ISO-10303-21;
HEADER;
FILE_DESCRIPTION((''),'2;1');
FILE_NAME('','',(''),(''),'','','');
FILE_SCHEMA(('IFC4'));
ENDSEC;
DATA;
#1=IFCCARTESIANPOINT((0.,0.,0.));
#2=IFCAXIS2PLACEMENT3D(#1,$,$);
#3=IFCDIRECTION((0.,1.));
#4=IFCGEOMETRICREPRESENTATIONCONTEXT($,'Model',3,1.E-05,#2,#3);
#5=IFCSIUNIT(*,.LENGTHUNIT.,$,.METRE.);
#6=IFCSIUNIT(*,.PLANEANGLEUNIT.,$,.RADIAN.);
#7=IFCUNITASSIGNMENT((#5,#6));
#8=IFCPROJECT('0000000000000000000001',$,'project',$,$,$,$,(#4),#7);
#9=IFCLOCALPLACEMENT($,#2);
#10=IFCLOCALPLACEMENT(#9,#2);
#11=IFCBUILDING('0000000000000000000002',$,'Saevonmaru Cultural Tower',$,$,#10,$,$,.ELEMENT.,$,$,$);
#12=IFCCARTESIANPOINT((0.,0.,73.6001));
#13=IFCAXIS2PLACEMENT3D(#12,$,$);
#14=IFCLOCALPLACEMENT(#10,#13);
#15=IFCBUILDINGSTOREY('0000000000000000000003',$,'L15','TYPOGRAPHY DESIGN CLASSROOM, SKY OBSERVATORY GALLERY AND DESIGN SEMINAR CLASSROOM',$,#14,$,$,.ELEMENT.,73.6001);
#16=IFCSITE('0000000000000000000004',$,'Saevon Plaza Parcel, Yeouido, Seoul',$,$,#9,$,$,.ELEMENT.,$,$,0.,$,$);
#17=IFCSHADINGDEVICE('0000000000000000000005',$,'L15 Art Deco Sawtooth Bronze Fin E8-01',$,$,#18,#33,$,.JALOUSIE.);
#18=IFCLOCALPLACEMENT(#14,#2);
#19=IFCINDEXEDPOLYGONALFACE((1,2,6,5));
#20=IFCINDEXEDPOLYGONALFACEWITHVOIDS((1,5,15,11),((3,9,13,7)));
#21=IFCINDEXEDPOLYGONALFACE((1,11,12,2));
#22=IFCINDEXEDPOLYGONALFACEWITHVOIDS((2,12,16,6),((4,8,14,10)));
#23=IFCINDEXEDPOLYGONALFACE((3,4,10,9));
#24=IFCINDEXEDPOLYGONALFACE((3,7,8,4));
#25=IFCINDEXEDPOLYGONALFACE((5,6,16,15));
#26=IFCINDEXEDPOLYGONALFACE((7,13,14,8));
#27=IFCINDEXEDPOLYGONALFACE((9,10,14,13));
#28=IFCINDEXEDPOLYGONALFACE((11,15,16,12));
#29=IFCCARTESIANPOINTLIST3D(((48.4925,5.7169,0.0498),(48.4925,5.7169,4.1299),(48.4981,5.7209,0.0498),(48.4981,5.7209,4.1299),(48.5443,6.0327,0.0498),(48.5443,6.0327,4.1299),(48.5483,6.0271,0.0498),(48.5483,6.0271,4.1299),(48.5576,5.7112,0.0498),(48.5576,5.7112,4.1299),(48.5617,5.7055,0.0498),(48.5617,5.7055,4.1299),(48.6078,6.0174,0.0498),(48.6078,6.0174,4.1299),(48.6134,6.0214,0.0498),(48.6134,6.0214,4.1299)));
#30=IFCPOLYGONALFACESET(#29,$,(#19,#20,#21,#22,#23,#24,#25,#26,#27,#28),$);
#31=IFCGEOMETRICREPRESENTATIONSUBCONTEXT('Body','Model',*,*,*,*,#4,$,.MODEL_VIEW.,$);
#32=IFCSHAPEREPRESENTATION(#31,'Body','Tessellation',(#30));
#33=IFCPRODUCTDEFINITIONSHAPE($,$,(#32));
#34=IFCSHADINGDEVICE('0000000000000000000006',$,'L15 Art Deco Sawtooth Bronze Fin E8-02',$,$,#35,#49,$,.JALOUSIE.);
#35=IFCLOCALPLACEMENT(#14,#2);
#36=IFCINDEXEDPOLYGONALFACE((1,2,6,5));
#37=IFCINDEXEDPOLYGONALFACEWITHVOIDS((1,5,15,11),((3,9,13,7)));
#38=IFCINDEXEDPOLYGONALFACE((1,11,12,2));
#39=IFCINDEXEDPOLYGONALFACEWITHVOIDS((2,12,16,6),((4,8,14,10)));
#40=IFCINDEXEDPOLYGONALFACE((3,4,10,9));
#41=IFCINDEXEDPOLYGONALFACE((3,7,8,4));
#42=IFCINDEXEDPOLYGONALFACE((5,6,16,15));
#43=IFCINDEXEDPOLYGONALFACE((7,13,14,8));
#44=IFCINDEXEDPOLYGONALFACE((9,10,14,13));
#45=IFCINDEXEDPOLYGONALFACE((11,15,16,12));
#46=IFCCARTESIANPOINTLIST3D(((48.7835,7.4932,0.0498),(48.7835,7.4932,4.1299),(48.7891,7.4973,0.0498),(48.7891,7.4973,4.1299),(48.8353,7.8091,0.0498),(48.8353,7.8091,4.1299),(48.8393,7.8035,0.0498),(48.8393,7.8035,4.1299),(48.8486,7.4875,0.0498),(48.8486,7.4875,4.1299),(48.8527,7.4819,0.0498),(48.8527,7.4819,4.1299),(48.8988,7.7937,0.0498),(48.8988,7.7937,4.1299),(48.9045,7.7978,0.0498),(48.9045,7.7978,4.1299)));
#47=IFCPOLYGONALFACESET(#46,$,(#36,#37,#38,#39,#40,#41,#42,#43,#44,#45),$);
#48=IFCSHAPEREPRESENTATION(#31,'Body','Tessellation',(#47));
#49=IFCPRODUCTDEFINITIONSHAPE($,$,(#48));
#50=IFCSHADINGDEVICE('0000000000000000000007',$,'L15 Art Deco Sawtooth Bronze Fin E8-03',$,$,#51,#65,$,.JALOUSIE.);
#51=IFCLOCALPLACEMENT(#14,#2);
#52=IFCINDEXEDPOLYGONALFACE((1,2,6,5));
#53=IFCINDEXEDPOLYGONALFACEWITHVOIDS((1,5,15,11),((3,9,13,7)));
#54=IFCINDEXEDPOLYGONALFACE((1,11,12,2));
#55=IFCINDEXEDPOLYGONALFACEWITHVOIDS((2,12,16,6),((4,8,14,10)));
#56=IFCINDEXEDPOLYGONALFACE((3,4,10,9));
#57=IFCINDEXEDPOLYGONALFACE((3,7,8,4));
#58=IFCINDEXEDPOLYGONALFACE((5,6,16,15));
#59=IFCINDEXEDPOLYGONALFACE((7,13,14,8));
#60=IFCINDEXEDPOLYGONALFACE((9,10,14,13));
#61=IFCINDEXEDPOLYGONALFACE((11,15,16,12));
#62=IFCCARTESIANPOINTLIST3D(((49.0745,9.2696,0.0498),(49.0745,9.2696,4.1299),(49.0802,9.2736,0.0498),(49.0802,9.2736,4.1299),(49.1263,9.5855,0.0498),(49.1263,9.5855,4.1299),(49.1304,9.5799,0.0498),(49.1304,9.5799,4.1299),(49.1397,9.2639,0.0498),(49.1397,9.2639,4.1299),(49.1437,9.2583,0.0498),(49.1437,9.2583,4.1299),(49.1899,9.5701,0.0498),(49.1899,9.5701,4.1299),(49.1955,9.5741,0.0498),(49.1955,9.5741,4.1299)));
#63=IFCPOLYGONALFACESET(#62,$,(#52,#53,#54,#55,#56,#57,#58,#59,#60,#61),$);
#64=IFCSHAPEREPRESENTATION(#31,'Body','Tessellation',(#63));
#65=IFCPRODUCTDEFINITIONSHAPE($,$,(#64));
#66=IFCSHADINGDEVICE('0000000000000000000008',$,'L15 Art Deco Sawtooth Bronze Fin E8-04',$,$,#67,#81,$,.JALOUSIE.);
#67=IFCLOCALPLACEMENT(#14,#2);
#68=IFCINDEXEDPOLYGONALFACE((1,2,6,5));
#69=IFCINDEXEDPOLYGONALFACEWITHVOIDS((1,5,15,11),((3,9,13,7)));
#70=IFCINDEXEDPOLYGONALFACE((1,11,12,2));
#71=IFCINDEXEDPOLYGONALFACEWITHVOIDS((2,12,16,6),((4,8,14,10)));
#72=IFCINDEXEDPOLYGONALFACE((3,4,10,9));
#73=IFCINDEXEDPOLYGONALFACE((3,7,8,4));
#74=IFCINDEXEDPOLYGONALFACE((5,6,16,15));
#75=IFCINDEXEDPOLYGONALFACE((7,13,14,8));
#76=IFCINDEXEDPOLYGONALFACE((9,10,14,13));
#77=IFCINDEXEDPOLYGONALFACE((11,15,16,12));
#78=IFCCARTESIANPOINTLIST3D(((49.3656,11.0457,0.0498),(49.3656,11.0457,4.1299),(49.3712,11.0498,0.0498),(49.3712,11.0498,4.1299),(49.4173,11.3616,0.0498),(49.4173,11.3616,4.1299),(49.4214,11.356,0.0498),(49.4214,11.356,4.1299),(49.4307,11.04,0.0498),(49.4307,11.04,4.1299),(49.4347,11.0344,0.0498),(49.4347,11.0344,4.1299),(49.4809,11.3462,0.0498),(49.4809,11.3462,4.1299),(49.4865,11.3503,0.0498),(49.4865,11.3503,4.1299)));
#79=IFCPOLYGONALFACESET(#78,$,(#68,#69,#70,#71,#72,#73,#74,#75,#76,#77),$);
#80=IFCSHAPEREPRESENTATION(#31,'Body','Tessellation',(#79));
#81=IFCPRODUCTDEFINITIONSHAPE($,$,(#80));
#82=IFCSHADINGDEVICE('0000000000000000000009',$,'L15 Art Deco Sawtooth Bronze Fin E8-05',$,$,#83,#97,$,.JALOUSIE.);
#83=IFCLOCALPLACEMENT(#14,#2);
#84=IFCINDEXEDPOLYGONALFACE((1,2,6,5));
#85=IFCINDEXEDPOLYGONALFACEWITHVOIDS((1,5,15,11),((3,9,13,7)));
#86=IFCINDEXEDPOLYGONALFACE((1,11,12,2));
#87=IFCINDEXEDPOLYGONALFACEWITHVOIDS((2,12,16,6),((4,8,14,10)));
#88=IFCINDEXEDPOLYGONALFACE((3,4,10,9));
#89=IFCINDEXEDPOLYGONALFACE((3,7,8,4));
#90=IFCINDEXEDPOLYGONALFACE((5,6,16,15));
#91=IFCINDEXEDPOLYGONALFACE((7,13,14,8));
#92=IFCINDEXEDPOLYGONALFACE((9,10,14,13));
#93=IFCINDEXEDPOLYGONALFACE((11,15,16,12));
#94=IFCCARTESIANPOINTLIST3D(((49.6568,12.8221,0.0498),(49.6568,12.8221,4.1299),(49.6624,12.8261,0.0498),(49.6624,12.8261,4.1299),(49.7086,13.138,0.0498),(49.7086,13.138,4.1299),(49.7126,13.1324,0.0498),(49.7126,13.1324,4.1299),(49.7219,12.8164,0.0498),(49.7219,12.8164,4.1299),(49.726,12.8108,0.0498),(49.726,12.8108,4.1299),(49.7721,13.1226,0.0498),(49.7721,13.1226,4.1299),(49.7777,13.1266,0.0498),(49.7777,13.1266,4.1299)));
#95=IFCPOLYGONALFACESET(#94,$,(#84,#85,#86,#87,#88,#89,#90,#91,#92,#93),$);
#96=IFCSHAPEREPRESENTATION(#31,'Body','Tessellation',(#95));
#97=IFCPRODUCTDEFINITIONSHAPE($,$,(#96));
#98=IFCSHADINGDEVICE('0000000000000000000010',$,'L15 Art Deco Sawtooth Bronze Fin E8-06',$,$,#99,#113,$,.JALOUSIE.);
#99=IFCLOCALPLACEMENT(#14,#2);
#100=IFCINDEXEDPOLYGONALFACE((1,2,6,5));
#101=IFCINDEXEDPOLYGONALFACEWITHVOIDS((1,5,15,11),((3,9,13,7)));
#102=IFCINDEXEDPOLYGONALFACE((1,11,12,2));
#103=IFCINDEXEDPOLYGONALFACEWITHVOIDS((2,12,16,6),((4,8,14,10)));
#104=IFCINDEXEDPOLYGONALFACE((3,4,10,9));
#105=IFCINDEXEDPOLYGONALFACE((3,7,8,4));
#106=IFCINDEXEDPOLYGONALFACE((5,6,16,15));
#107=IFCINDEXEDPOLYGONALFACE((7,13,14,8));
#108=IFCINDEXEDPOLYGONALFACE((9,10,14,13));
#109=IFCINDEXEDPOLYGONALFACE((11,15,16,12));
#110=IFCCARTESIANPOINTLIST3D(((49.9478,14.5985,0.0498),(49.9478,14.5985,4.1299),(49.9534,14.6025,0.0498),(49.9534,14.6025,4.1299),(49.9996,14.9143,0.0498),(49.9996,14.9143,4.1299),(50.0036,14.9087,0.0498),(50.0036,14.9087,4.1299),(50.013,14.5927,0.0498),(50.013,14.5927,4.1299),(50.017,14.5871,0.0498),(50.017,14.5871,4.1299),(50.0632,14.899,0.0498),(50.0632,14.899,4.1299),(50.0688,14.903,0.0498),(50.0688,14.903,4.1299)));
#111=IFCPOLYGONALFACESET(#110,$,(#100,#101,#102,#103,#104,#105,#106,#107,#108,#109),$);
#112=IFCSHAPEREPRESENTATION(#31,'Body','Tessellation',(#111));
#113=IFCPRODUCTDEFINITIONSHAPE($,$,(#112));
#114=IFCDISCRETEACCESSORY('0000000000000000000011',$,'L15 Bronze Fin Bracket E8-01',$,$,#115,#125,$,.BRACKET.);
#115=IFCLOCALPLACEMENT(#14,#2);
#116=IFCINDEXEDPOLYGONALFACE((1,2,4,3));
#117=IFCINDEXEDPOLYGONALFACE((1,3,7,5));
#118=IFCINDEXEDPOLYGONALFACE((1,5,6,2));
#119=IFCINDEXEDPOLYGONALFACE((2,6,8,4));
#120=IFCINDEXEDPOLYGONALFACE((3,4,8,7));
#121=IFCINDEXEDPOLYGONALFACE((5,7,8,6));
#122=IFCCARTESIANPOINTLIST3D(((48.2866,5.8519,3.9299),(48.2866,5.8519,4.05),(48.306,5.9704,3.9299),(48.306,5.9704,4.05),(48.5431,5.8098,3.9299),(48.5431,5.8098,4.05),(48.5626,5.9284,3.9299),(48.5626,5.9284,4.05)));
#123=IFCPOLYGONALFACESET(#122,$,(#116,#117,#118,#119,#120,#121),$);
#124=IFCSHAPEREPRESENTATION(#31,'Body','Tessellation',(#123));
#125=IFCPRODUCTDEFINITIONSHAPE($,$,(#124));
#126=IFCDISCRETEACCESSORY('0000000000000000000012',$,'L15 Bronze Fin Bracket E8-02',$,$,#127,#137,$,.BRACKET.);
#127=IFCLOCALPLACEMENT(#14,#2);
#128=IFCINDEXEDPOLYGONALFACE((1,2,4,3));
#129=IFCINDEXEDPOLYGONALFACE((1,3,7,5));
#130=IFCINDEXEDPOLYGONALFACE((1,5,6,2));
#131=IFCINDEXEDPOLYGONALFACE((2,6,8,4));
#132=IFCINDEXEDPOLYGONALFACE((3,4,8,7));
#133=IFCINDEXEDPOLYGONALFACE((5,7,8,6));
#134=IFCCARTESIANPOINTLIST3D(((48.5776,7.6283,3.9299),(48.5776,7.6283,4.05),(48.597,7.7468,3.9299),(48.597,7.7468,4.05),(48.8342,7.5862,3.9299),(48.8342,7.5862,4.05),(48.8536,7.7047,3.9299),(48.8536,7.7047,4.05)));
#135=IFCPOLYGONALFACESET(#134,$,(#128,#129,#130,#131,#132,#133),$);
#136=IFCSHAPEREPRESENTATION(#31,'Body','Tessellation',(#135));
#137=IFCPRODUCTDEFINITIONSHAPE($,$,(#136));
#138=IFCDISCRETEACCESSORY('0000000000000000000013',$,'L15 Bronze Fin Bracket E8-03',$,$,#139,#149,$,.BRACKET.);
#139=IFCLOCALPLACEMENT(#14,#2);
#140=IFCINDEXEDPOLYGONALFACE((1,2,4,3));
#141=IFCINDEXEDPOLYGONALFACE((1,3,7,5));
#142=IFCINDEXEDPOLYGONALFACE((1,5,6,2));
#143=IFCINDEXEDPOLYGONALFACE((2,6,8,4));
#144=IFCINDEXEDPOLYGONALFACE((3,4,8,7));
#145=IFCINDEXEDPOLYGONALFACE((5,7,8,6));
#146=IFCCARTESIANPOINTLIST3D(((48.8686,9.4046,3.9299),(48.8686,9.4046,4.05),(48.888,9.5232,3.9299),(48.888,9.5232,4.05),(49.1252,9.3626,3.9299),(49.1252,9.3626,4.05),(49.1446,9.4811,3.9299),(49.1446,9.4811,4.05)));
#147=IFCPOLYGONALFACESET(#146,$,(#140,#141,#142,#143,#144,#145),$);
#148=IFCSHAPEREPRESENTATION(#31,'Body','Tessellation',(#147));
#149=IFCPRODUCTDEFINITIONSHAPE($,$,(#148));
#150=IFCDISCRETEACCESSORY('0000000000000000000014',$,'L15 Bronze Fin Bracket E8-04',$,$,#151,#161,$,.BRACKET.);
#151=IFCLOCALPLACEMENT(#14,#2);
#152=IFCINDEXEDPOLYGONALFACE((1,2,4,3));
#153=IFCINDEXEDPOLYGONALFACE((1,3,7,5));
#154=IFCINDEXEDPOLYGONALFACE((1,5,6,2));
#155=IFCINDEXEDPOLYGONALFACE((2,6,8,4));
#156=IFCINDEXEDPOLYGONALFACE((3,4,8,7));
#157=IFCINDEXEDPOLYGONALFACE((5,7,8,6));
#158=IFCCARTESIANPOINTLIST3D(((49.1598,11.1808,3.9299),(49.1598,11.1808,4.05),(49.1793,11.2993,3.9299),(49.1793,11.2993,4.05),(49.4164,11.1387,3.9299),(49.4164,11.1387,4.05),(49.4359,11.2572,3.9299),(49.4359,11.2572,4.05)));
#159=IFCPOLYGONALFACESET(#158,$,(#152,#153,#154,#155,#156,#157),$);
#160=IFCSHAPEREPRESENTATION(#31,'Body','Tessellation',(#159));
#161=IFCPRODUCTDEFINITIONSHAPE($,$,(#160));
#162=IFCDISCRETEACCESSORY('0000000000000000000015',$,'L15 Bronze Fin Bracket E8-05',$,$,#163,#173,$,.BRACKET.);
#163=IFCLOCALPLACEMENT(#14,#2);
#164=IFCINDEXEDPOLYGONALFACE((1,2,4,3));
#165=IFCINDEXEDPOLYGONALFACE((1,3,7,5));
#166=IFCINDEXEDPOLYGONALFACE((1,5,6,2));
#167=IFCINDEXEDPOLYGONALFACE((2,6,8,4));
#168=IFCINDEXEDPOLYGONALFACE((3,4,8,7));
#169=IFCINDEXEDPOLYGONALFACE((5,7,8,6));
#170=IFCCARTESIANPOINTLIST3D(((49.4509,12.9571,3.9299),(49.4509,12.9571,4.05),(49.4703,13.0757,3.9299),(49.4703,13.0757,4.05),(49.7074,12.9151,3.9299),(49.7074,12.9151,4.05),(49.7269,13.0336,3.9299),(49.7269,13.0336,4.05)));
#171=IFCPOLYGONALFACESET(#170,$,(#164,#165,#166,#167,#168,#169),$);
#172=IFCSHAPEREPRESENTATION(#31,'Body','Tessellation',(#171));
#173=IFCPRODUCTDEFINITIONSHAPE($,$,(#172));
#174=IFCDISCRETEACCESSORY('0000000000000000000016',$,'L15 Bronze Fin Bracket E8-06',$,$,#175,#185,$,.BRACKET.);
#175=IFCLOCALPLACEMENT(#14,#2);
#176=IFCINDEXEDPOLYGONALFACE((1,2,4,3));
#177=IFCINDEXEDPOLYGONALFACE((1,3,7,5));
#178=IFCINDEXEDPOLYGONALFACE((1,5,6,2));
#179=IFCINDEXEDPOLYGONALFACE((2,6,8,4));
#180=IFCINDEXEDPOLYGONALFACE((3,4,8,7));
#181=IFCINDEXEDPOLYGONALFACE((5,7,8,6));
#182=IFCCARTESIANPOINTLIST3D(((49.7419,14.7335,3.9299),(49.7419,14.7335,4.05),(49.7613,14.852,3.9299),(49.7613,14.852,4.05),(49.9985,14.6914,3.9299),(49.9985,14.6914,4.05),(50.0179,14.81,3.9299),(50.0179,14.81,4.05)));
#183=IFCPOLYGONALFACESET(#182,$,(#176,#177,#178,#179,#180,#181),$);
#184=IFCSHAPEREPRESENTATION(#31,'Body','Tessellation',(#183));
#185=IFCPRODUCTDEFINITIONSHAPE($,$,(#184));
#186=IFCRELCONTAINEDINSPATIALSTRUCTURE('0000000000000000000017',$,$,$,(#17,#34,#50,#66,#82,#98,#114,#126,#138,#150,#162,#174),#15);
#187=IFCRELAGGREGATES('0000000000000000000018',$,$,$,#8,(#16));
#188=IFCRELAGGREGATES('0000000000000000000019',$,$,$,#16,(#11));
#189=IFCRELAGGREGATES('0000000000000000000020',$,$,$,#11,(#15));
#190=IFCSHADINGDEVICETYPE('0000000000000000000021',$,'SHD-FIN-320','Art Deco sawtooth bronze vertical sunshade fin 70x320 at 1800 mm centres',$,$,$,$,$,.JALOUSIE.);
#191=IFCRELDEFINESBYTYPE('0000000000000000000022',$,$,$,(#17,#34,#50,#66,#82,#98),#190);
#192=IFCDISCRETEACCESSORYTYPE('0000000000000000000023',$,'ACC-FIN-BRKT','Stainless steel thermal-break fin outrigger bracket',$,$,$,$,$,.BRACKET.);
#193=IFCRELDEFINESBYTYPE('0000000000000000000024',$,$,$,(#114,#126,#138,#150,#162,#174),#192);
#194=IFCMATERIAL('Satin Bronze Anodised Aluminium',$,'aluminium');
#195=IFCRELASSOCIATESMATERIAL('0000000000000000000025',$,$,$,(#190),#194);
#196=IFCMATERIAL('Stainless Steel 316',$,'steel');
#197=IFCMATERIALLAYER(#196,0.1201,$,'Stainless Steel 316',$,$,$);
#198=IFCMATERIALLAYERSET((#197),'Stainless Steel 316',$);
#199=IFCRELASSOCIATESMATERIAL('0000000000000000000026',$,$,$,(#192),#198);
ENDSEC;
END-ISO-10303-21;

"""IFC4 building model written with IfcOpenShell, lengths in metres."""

from ifc_helpers import new_model, si_unit, direction, frame, origin, origin_2d, place, context, subcontext, project, spatial, rectangle, hollow_rectangle, extrude, material, layer, layer_set, material_profile, profile_set, type_object, element, save


model = new_model("IFC4")

# Units and contexts
model_context = context("Model", 3, precision=1e-05, world=origin(), true_north=direction((0.0, 1.0)))
body_context = subcontext(model_context, "Body", "Model", "MODEL_VIEW")
ifc_project = project(units=[si_unit("LENGTHUNIT", "METRE"), si_unit("PLANEANGLEUNIT", "RADIAN")], contexts=[model_context])

# Site, building, storey
site_placement = place(None, origin())
site = spatial("IfcSite", under=ifc_project, at=site_placement, Name="Saevon Plaza Parcel, Yeouido, Seoul", CompositionType="ELEMENT", RefElevation=0.0)
building_placement = place(site_placement, origin())
building = spatial("IfcBuilding", under=site, at=building_placement, Name="Saevonmaru Cultural Tower", CompositionType="ELEMENT")
storey_placement = place(building_placement, frame((0.0, 0.0, 73.6001)))
storey = spatial("IfcBuildingStorey", under=building, at=storey_placement, Name="L15", Description="TYPOGRAPHY DESIGN CLASSROOM, SKY OBSERVATORY GALLERY AND DESIGN SEMINAR CLASSROOM", CompositionType="ELEMENT", Elevation=73.6001)

# Shared definitions
ifc_material_1 = material(Name="Satin Bronze Anodised Aluminium", Category="aluminium")

# Shading devices
ifc_material_profile_1 = material_profile(ifc_material_1, hollow_rectangle(XDim=0.0701, YDim=0.3201, WallThickness=0.0049, at=origin_2d()), Name="FIN-320x70")
ifc_profile_set_1 = profile_set([ifc_material_profile_1], Name="Satin Bronze Anodised Aluminium")
shading_device_type = type_object("IfcShadingDeviceType", Name="SHD-FIN-320", Description="Art Deco sawtooth bronze vertical sunshade fin 70x320 at 1800 mm centres", PredefinedType="JALOUSIE", material=ifc_profile_set_1)
for number, where, z_axis, x_axis, name in (
    (1, (48.553, 5.8691, 0.0498), (0.0, 0.0, 1.0), (0.986827, -0.161776, 0.0), "L15 Art Deco Sawtooth Bronze Fin E8-01"),
    (2, (48.844, 7.6455, 0.0498), (0.0, 0.0, 1.0), (0.986827, -0.161776, 0.0), "L15 Art Deco Sawtooth Bronze Fin E8-02"),
    (3, (49.135, 9.4219, 0.0498), (0.0, 0.0, 1.0), (0.986827, -0.161776, 0.0), "L15 Art Deco Sawtooth Bronze Fin E8-03"),
    (4, (49.426, 11.198, 0.0498), (0.0, 0.0, 1.0), (0.986827, -0.161776, 0.0), "L15 Art Deco Sawtooth Bronze Fin E8-04"),
    (5, (49.7173, 12.9744, 0.0498), (0.0, 0.0, 1.0), (0.986827, -0.161776, 0.0), "L15 Art Deco Sawtooth Bronze Fin E8-05"),
    (6, (50.0083, 14.7507, 0.0498), (0.0, 0.0, 1.0), (0.986827, -0.161776, 0.0), "L15 Art Deco Sawtooth Bronze Fin E8-06"),
):
    element("IfcShadingDevice", number, at=place(storey_placement, frame(where, z_axis=z_axis, x_axis=x_axis)), inside=storey, type_object=shading_device_type, Name=name, PredefinedType="JALOUSIE", context=body_context, shape_type="SweptSolid", body=[
        extrude(hollow_rectangle(XDim=0.0701, YDim=0.3201, WallThickness=0.0049, at=origin_2d()), origin(), (0.0, 0.0, 1.0), 4.0801),
    ])

# Discrete accessories
ifc_material_2 = material(Name="Stainless Steel 316", Category="steel")
ifc_layer_1 = layer(ifc_material_2, 0.1201, Name="Stainless Steel 316")
ifc_layer_set_1 = layer_set([ifc_layer_1], Name="Stainless Steel 316")
discrete_accessory_type = type_object("IfcDiscreteAccessoryType", Name="ACC-FIN-BRKT", Description="Stainless steel thermal-break fin outrigger bracket", PredefinedType="BRACKET", material=ifc_layer_set_1)
for number, where, z_axis, x_axis, name in (
    (7, (48.4246, 5.8901, 3.9299), (0.0, 0.0, 1.0), (0.986827, -0.161776, 0.0), "L15 Bronze Fin Bracket E8-01"),
    (8, (48.7156, 7.6665, 3.9299), (0.0, 0.0, 1.0), (0.986827, -0.161776, 0.0), "L15 Bronze Fin Bracket E8-02"),
    (9, (49.0066, 9.4429, 3.9299), (0.0, 0.0, 1.0), (0.986827, -0.161776, 0.0), "L15 Bronze Fin Bracket E8-03"),
    (10, (49.2979, 11.219, 3.9299), (0.0, 0.0, 1.0), (0.986827, -0.161776, 0.0), "L15 Bronze Fin Bracket E8-04"),
    (11, (49.5889, 12.9954, 3.9299), (0.0, 0.0, 1.0), (0.986827, -0.161776, 0.0), "L15 Bronze Fin Bracket E8-05"),
    (12, (49.8799, 14.7717, 3.9299), (0.0, 0.0, 1.0), (0.986827, -0.161776, 0.0), "L15 Bronze Fin Bracket E8-06"),
):
    element("IfcDiscreteAccessory", number, at=place(storey_placement, frame(where, z_axis=z_axis, x_axis=x_axis)), inside=storey, type_object=discrete_accessory_type, Name=name, PredefinedType="BRACKET", context=body_context, shape_type="SweptSolid", body=[
        extrude(rectangle(XDim=0.26, YDim=0.1201, at=origin_2d()), origin(), (0.0, 0.0, 1.0), 0.1201),
    ])

save(model, "model.ifc")
